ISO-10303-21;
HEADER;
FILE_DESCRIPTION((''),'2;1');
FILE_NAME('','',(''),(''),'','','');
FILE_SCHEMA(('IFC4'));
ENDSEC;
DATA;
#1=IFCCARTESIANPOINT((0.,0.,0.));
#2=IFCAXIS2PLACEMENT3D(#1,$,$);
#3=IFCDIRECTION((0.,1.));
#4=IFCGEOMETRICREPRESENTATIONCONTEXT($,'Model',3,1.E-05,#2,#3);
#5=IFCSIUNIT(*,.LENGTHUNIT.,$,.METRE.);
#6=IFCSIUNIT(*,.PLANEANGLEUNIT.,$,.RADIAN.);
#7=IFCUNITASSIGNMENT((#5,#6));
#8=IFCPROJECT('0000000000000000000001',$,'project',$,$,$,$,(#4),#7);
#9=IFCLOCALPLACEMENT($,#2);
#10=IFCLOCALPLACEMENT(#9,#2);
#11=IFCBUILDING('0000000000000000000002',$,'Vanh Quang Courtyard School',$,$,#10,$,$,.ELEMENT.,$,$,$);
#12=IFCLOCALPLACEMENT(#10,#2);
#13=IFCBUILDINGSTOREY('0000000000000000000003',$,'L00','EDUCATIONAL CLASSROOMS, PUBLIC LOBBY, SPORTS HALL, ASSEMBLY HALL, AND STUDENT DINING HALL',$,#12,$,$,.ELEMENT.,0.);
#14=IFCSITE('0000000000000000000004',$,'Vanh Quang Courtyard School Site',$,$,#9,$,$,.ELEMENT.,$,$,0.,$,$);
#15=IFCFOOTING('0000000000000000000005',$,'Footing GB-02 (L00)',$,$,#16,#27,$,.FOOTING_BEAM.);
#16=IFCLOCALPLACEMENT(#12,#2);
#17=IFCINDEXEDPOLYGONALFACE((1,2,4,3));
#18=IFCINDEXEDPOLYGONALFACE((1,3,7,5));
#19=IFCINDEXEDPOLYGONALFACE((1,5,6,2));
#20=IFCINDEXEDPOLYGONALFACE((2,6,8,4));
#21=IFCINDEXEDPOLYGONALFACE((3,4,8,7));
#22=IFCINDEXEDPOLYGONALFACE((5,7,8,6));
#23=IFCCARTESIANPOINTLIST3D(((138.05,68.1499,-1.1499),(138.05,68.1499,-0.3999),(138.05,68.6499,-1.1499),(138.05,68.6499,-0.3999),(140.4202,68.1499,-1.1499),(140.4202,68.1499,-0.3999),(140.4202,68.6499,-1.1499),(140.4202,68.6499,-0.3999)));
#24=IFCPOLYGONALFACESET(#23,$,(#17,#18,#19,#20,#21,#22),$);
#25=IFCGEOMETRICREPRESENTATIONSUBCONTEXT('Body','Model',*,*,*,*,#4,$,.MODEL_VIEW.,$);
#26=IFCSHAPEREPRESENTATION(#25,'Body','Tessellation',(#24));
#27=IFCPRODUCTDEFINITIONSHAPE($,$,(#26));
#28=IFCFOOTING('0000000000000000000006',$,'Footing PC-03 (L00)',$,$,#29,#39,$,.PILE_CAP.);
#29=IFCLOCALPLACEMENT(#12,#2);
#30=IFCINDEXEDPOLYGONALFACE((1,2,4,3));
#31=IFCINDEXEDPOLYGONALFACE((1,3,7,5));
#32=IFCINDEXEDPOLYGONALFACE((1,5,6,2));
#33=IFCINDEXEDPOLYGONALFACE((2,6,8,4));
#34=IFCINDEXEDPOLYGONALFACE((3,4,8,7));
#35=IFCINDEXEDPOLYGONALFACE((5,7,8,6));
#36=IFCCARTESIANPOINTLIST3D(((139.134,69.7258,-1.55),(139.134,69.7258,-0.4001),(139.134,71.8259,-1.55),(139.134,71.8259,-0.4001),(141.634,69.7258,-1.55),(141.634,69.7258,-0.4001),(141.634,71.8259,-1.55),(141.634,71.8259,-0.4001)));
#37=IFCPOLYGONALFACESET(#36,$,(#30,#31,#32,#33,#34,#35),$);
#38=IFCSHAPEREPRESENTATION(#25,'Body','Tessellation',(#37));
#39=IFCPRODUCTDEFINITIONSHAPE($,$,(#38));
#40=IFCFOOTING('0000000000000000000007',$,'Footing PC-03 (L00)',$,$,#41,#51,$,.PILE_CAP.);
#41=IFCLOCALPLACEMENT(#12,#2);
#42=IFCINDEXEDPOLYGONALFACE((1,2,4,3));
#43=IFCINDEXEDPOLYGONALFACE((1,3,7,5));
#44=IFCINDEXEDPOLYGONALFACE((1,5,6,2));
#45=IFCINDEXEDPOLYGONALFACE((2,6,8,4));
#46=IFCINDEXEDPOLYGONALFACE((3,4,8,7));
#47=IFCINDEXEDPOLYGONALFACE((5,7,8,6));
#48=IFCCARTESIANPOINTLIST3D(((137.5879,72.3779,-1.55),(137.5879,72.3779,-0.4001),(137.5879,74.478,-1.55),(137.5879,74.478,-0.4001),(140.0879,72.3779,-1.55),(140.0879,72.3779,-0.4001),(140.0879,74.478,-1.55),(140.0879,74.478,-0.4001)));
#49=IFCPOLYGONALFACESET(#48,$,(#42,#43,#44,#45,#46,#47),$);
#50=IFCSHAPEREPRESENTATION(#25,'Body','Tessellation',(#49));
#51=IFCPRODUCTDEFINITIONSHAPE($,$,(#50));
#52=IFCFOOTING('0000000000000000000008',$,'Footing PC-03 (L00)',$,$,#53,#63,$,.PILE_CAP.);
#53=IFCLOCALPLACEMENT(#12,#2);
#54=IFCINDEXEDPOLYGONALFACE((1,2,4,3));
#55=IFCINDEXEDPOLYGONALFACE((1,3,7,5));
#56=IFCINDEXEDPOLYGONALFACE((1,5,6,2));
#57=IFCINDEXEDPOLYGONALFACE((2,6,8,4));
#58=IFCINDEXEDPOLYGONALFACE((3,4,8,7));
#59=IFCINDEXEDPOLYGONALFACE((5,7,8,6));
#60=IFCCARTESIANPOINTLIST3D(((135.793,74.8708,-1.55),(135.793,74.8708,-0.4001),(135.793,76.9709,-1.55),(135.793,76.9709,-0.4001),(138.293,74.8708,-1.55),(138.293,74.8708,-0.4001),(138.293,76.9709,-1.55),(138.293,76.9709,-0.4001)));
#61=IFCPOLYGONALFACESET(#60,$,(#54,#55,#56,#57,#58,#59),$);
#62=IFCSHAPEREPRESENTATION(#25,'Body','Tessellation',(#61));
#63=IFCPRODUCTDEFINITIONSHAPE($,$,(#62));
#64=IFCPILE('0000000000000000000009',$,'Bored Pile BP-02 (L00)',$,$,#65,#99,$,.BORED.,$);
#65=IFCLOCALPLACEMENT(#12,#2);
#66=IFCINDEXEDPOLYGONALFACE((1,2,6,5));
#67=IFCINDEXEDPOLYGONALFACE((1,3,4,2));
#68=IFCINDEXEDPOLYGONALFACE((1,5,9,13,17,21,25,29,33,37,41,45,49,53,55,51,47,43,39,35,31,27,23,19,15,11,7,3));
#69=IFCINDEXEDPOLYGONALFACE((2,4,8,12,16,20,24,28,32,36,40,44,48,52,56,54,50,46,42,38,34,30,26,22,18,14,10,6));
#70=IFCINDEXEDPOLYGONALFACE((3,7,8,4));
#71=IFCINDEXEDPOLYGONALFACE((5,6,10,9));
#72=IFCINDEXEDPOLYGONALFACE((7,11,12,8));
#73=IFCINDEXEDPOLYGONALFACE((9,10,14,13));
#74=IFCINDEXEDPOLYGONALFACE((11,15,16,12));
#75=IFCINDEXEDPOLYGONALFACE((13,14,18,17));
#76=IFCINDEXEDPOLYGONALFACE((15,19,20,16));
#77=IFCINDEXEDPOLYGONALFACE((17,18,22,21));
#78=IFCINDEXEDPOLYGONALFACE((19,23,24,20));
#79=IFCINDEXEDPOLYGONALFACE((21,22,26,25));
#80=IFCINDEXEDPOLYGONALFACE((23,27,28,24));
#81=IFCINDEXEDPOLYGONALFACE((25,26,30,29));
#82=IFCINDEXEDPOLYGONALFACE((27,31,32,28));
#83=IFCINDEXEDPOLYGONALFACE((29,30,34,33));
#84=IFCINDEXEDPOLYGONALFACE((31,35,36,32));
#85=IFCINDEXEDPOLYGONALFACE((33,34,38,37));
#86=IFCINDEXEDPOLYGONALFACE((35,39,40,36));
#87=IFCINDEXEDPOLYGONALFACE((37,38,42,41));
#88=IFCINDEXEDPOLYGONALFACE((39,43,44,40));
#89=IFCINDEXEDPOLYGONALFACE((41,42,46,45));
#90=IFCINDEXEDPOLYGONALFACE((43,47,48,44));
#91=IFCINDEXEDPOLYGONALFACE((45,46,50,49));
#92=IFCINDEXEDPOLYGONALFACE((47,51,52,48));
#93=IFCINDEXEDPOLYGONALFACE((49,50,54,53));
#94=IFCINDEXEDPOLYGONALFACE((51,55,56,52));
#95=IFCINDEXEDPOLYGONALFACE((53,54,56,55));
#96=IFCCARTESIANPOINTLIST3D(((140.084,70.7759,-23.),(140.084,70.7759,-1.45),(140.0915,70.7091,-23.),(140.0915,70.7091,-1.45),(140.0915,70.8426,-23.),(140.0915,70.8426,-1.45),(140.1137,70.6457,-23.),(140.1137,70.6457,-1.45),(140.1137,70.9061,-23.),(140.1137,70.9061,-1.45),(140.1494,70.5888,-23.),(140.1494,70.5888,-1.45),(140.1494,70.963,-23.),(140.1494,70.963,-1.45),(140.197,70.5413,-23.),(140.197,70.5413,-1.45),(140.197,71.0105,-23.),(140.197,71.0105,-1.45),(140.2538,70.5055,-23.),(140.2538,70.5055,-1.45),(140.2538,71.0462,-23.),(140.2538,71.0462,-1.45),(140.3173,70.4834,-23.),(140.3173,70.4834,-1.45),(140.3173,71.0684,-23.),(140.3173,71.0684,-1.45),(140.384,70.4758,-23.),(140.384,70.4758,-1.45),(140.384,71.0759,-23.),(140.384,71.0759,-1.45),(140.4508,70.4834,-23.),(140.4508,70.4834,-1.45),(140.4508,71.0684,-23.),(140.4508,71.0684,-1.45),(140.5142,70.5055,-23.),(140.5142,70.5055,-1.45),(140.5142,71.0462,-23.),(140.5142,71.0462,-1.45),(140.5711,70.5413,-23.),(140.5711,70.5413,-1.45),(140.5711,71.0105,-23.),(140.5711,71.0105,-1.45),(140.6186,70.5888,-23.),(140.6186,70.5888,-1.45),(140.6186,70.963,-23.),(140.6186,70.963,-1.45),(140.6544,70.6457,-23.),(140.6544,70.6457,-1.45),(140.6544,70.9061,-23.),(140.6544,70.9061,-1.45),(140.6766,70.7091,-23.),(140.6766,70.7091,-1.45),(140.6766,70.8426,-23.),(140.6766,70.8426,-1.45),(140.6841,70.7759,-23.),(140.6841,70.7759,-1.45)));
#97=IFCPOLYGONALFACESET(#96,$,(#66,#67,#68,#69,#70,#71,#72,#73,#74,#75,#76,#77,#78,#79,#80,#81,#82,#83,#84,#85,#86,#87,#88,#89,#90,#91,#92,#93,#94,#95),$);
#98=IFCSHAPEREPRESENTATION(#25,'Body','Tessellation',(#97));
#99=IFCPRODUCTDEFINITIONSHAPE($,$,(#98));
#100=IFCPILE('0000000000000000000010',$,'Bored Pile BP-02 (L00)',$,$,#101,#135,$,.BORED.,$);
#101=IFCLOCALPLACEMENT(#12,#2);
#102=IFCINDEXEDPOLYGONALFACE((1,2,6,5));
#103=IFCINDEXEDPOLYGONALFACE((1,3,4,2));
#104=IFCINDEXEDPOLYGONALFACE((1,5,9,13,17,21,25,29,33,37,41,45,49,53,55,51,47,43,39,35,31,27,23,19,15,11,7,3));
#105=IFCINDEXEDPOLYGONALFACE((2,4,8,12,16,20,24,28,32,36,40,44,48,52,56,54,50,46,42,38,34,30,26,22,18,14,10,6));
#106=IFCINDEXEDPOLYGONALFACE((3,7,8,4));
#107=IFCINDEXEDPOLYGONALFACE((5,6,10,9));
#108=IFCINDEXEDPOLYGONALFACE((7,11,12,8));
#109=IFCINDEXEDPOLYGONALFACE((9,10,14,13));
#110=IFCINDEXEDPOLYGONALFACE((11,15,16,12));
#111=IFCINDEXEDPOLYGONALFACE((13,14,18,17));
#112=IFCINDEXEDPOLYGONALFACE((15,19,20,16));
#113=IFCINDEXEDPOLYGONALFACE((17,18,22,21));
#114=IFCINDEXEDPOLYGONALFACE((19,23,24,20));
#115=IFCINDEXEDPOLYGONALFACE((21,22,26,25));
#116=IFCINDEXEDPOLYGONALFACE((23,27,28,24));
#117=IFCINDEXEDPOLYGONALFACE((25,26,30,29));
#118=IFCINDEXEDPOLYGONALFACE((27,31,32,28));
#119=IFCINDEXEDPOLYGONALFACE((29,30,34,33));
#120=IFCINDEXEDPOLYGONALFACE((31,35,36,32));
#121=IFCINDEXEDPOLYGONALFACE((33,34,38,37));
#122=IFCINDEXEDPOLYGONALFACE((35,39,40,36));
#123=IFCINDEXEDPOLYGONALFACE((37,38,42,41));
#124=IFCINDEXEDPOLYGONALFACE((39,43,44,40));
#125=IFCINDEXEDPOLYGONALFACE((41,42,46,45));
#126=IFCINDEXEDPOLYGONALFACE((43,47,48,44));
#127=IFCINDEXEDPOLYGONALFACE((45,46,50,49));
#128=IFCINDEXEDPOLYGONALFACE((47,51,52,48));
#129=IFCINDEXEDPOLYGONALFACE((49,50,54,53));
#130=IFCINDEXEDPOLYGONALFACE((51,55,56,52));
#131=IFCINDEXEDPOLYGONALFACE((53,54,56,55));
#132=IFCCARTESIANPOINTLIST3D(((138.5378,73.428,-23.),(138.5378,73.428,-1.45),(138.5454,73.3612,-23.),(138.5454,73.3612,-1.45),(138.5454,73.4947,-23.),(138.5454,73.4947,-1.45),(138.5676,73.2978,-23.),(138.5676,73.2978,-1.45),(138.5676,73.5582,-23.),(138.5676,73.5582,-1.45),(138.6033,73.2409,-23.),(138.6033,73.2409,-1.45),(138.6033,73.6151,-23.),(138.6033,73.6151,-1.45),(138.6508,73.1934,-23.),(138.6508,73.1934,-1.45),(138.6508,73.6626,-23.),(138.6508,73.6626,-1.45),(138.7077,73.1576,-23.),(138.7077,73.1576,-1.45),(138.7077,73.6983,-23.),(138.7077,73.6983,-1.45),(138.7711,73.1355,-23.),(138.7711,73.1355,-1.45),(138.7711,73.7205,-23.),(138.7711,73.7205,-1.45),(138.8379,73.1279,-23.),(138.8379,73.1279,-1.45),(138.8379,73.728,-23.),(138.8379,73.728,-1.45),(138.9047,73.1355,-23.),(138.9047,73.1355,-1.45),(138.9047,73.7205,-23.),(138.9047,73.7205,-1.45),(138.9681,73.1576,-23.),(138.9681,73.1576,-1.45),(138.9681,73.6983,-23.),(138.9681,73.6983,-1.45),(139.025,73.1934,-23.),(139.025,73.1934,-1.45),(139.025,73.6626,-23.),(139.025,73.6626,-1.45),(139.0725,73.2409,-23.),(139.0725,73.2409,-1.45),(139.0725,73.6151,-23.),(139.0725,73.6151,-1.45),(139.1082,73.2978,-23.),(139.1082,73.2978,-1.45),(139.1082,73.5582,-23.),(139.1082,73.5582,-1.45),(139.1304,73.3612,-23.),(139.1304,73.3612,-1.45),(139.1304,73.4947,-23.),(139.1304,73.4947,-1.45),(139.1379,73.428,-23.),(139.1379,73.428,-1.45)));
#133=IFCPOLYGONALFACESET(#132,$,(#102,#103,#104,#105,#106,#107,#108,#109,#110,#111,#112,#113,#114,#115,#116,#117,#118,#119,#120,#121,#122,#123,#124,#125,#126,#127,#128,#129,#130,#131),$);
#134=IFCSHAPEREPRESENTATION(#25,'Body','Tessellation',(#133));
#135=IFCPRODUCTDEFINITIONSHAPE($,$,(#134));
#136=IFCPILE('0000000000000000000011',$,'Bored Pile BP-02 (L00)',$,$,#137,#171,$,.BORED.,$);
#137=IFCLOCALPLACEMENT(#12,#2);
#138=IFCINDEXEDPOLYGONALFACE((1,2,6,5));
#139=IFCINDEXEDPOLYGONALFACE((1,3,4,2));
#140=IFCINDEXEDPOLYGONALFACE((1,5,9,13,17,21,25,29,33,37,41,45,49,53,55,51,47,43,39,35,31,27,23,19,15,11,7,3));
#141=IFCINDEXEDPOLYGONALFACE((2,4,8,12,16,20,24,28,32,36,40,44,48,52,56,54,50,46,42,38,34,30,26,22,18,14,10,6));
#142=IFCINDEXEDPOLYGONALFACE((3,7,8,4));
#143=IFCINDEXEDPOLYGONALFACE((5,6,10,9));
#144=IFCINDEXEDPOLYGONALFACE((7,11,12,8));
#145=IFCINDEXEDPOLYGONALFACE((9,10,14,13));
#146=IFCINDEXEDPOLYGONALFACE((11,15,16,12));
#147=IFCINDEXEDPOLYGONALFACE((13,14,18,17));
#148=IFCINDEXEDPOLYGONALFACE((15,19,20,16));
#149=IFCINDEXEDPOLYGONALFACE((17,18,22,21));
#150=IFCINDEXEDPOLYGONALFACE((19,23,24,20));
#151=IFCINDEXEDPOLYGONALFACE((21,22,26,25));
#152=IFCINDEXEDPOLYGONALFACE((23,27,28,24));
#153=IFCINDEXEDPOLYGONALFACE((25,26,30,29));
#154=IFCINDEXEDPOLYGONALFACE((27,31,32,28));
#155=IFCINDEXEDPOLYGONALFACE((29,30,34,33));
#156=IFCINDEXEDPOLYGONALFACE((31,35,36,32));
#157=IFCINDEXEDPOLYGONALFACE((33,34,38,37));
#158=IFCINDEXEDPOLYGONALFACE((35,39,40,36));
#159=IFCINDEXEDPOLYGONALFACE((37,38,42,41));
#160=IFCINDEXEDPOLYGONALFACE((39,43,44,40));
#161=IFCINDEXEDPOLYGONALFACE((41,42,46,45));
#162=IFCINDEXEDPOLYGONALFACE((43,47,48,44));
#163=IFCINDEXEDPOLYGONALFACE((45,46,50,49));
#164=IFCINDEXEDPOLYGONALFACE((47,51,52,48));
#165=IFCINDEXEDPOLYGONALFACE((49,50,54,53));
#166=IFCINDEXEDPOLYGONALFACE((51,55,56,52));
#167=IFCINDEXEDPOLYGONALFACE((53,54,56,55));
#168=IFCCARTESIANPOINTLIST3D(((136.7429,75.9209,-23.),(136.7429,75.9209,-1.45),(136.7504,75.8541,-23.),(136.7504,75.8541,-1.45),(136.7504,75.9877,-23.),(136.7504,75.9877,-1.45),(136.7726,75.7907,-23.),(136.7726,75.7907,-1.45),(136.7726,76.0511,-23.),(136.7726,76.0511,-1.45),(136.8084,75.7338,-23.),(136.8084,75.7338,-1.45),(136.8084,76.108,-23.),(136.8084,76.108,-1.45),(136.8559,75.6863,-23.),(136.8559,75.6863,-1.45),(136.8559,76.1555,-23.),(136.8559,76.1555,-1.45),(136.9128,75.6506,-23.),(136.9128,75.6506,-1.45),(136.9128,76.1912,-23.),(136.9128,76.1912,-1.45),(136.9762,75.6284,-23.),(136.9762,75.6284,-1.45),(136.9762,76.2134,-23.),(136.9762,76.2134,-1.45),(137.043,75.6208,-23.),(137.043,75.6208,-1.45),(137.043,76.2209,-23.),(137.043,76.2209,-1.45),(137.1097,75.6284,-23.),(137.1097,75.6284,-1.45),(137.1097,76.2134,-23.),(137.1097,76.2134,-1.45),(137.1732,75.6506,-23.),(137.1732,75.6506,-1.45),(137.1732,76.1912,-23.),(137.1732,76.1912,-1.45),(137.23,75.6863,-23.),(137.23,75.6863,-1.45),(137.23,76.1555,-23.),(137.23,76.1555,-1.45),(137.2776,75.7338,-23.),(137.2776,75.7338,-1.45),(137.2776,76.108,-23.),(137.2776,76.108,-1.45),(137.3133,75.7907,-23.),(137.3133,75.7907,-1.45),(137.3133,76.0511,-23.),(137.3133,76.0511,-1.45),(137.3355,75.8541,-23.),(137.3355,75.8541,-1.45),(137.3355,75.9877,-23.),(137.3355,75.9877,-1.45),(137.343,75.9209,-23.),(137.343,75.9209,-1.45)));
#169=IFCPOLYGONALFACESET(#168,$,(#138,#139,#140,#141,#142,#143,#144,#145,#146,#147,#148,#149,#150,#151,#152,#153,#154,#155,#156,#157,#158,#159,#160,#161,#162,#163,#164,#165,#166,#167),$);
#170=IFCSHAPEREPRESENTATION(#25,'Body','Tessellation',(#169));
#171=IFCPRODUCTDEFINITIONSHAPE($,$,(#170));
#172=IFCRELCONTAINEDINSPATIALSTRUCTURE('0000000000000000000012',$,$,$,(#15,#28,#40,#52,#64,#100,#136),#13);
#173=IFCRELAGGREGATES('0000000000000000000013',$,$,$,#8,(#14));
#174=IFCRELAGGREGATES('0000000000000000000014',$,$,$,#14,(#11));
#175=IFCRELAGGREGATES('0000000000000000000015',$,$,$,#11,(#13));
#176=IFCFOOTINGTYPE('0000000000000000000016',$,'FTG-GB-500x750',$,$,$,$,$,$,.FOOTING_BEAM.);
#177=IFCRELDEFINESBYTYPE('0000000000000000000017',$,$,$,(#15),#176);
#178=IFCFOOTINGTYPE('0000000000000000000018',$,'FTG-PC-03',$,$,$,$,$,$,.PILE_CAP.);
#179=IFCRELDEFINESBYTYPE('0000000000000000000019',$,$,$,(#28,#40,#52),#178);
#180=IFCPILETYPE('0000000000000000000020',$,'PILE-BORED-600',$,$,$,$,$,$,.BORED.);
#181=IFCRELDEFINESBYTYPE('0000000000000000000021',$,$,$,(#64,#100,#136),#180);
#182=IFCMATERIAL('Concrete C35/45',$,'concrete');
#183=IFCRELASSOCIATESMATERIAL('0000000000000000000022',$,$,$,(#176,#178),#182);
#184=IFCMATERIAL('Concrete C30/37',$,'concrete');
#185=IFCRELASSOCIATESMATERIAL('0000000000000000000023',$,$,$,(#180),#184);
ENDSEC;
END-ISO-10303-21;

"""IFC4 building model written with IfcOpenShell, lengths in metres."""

from ifc_helpers import new_model, si_unit, direction, frame, origin, origin_2d, place, context, subcontext, project, spatial, rectangle, circle, extrude, material, material_profile, profile_set, type_object, element, save


model = new_model("IFC4")

# Units and contexts
model_context = context("Model", 3, precision=1e-05, world=origin(), true_north=direction((0.0, 1.0)))
body_context = subcontext(model_context, "Body", "Model", "MODEL_VIEW")
ifc_project = project(units=[si_unit("LENGTHUNIT", "METRE"), si_unit("PLANEANGLEUNIT", "RADIAN")], contexts=[model_context])

# Site, building, storey
site_placement = place(None, origin())
site = spatial("IfcSite", under=ifc_project, at=site_placement, Name="Vanh Quang Courtyard School Site", CompositionType="ELEMENT", RefElevation=0.0)
building_placement = place(site_placement, origin())
building = spatial("IfcBuilding", under=site, at=building_placement, Name="Vanh Quang Courtyard School", CompositionType="ELEMENT")
storey_placement = place(building_placement, origin())
storey = spatial("IfcBuildingStorey", under=building, at=storey_placement, Name="L00", Description="EDUCATIONAL CLASSROOMS, PUBLIC LOBBY, SPORTS HALL, ASSEMBLY HALL, AND STUDENT DINING HALL", CompositionType="ELEMENT", Elevation=0.0)

# Footings
ifc_material_1 = material(Name="Concrete C35/45", Category="concrete")
footing_type_1 = type_object("IfcFootingType", Name="FTG-GB-500x750", PredefinedType="FOOTING_BEAM", material=ifc_material_1)
footing_placement = place(storey_placement, frame((139.2351, 68.3999, -1.1499), z_axis=(0.0, 0.0, 1.0), x_axis=(1.0, 0.0, 0.0)))
element("IfcFooting", 1, at=footing_placement, inside=storey, type_object=footing_type_1, Name="Footing GB-02 (L00)", PredefinedType="FOOTING_BEAM", context=body_context, shape_type="SweptSolid", body=[
    extrude(rectangle(XDim=2.3701, YDim=0.5, at=origin_2d()), origin(), (0.0, 0.0, 1.0), 0.75),
])
footing_type_2 = type_object("IfcFootingType", Name="FTG-PC-03", PredefinedType="PILE_CAP", material=ifc_material_1)
for number, where, z_axis, x_axis, name in (
    (2, (140.384, 70.7759, -1.55), (0.0, 0.0, 1.0), (1.0, 0.0, 0.0), "Footing PC-03 (L00)"),
    (3, (138.8379, 73.428, -1.55), (0.0, 0.0, 1.0), (1.0, 0.0, 0.0), "Footing PC-03 (L00)"),
    (4, (137.043, 75.9209, -1.55), (0.0, 0.0, 1.0), (1.0, 0.0, 0.0), "Footing PC-03 (L00)"),
):
    element("IfcFooting", number, at=place(storey_placement, frame(where, z_axis=z_axis, x_axis=x_axis)), inside=storey, type_object=footing_type_2, Name=name, PredefinedType="PILE_CAP", context=body_context, shape_type="SweptSolid", body=[
        extrude(rectangle(XDim=2.5, YDim=2.1001, at=origin_2d()), origin(), (0.0, 0.0, 1.0), 1.1499),
    ])

# Piles
ifc_material_2 = material(Name="Concrete C30/37", Category="concrete")
ifc_material_profile_1 = material_profile(ifc_material_2, circle(Radius=0.3, at=origin_2d()), Name="PILE D600")
ifc_profile_set_1 = profile_set([ifc_material_profile_1], Name="Concrete C30/37")
pile_type = type_object("IfcPileType", Name="PILE-BORED-600", PredefinedType="BORED", material=ifc_profile_set_1)
for number, where, z_axis, x_axis, name in (
    (5, (140.384, 70.7759, -1.45), (0.0, 0.0, -1.0), (1.0, 0.0, 0.0), "Bored Pile BP-02 (L00)"),
    (6, (138.8379, 73.428, -1.45), (0.0, 0.0, -1.0), (1.0, 0.0, 0.0), "Bored Pile BP-02 (L00)"),
    (7, (137.043, 75.9209, -1.45), (0.0, 0.0, -1.0), (1.0, 0.0, 0.0), "Bored Pile BP-02 (L00)"),
):
    element("IfcPile", number, at=place(storey_placement, frame(where, z_axis=z_axis, x_axis=x_axis)), inside=storey, type_object=pile_type, Name=name, PredefinedType="BORED", context=body_context, shape_type="SweptSolid", body=[
        extrude(circle(Radius=0.3, at=origin_2d()), origin(), (0.0, 0.0, 1.0), 21.55),
    ])

save(model, "model.ifc")
